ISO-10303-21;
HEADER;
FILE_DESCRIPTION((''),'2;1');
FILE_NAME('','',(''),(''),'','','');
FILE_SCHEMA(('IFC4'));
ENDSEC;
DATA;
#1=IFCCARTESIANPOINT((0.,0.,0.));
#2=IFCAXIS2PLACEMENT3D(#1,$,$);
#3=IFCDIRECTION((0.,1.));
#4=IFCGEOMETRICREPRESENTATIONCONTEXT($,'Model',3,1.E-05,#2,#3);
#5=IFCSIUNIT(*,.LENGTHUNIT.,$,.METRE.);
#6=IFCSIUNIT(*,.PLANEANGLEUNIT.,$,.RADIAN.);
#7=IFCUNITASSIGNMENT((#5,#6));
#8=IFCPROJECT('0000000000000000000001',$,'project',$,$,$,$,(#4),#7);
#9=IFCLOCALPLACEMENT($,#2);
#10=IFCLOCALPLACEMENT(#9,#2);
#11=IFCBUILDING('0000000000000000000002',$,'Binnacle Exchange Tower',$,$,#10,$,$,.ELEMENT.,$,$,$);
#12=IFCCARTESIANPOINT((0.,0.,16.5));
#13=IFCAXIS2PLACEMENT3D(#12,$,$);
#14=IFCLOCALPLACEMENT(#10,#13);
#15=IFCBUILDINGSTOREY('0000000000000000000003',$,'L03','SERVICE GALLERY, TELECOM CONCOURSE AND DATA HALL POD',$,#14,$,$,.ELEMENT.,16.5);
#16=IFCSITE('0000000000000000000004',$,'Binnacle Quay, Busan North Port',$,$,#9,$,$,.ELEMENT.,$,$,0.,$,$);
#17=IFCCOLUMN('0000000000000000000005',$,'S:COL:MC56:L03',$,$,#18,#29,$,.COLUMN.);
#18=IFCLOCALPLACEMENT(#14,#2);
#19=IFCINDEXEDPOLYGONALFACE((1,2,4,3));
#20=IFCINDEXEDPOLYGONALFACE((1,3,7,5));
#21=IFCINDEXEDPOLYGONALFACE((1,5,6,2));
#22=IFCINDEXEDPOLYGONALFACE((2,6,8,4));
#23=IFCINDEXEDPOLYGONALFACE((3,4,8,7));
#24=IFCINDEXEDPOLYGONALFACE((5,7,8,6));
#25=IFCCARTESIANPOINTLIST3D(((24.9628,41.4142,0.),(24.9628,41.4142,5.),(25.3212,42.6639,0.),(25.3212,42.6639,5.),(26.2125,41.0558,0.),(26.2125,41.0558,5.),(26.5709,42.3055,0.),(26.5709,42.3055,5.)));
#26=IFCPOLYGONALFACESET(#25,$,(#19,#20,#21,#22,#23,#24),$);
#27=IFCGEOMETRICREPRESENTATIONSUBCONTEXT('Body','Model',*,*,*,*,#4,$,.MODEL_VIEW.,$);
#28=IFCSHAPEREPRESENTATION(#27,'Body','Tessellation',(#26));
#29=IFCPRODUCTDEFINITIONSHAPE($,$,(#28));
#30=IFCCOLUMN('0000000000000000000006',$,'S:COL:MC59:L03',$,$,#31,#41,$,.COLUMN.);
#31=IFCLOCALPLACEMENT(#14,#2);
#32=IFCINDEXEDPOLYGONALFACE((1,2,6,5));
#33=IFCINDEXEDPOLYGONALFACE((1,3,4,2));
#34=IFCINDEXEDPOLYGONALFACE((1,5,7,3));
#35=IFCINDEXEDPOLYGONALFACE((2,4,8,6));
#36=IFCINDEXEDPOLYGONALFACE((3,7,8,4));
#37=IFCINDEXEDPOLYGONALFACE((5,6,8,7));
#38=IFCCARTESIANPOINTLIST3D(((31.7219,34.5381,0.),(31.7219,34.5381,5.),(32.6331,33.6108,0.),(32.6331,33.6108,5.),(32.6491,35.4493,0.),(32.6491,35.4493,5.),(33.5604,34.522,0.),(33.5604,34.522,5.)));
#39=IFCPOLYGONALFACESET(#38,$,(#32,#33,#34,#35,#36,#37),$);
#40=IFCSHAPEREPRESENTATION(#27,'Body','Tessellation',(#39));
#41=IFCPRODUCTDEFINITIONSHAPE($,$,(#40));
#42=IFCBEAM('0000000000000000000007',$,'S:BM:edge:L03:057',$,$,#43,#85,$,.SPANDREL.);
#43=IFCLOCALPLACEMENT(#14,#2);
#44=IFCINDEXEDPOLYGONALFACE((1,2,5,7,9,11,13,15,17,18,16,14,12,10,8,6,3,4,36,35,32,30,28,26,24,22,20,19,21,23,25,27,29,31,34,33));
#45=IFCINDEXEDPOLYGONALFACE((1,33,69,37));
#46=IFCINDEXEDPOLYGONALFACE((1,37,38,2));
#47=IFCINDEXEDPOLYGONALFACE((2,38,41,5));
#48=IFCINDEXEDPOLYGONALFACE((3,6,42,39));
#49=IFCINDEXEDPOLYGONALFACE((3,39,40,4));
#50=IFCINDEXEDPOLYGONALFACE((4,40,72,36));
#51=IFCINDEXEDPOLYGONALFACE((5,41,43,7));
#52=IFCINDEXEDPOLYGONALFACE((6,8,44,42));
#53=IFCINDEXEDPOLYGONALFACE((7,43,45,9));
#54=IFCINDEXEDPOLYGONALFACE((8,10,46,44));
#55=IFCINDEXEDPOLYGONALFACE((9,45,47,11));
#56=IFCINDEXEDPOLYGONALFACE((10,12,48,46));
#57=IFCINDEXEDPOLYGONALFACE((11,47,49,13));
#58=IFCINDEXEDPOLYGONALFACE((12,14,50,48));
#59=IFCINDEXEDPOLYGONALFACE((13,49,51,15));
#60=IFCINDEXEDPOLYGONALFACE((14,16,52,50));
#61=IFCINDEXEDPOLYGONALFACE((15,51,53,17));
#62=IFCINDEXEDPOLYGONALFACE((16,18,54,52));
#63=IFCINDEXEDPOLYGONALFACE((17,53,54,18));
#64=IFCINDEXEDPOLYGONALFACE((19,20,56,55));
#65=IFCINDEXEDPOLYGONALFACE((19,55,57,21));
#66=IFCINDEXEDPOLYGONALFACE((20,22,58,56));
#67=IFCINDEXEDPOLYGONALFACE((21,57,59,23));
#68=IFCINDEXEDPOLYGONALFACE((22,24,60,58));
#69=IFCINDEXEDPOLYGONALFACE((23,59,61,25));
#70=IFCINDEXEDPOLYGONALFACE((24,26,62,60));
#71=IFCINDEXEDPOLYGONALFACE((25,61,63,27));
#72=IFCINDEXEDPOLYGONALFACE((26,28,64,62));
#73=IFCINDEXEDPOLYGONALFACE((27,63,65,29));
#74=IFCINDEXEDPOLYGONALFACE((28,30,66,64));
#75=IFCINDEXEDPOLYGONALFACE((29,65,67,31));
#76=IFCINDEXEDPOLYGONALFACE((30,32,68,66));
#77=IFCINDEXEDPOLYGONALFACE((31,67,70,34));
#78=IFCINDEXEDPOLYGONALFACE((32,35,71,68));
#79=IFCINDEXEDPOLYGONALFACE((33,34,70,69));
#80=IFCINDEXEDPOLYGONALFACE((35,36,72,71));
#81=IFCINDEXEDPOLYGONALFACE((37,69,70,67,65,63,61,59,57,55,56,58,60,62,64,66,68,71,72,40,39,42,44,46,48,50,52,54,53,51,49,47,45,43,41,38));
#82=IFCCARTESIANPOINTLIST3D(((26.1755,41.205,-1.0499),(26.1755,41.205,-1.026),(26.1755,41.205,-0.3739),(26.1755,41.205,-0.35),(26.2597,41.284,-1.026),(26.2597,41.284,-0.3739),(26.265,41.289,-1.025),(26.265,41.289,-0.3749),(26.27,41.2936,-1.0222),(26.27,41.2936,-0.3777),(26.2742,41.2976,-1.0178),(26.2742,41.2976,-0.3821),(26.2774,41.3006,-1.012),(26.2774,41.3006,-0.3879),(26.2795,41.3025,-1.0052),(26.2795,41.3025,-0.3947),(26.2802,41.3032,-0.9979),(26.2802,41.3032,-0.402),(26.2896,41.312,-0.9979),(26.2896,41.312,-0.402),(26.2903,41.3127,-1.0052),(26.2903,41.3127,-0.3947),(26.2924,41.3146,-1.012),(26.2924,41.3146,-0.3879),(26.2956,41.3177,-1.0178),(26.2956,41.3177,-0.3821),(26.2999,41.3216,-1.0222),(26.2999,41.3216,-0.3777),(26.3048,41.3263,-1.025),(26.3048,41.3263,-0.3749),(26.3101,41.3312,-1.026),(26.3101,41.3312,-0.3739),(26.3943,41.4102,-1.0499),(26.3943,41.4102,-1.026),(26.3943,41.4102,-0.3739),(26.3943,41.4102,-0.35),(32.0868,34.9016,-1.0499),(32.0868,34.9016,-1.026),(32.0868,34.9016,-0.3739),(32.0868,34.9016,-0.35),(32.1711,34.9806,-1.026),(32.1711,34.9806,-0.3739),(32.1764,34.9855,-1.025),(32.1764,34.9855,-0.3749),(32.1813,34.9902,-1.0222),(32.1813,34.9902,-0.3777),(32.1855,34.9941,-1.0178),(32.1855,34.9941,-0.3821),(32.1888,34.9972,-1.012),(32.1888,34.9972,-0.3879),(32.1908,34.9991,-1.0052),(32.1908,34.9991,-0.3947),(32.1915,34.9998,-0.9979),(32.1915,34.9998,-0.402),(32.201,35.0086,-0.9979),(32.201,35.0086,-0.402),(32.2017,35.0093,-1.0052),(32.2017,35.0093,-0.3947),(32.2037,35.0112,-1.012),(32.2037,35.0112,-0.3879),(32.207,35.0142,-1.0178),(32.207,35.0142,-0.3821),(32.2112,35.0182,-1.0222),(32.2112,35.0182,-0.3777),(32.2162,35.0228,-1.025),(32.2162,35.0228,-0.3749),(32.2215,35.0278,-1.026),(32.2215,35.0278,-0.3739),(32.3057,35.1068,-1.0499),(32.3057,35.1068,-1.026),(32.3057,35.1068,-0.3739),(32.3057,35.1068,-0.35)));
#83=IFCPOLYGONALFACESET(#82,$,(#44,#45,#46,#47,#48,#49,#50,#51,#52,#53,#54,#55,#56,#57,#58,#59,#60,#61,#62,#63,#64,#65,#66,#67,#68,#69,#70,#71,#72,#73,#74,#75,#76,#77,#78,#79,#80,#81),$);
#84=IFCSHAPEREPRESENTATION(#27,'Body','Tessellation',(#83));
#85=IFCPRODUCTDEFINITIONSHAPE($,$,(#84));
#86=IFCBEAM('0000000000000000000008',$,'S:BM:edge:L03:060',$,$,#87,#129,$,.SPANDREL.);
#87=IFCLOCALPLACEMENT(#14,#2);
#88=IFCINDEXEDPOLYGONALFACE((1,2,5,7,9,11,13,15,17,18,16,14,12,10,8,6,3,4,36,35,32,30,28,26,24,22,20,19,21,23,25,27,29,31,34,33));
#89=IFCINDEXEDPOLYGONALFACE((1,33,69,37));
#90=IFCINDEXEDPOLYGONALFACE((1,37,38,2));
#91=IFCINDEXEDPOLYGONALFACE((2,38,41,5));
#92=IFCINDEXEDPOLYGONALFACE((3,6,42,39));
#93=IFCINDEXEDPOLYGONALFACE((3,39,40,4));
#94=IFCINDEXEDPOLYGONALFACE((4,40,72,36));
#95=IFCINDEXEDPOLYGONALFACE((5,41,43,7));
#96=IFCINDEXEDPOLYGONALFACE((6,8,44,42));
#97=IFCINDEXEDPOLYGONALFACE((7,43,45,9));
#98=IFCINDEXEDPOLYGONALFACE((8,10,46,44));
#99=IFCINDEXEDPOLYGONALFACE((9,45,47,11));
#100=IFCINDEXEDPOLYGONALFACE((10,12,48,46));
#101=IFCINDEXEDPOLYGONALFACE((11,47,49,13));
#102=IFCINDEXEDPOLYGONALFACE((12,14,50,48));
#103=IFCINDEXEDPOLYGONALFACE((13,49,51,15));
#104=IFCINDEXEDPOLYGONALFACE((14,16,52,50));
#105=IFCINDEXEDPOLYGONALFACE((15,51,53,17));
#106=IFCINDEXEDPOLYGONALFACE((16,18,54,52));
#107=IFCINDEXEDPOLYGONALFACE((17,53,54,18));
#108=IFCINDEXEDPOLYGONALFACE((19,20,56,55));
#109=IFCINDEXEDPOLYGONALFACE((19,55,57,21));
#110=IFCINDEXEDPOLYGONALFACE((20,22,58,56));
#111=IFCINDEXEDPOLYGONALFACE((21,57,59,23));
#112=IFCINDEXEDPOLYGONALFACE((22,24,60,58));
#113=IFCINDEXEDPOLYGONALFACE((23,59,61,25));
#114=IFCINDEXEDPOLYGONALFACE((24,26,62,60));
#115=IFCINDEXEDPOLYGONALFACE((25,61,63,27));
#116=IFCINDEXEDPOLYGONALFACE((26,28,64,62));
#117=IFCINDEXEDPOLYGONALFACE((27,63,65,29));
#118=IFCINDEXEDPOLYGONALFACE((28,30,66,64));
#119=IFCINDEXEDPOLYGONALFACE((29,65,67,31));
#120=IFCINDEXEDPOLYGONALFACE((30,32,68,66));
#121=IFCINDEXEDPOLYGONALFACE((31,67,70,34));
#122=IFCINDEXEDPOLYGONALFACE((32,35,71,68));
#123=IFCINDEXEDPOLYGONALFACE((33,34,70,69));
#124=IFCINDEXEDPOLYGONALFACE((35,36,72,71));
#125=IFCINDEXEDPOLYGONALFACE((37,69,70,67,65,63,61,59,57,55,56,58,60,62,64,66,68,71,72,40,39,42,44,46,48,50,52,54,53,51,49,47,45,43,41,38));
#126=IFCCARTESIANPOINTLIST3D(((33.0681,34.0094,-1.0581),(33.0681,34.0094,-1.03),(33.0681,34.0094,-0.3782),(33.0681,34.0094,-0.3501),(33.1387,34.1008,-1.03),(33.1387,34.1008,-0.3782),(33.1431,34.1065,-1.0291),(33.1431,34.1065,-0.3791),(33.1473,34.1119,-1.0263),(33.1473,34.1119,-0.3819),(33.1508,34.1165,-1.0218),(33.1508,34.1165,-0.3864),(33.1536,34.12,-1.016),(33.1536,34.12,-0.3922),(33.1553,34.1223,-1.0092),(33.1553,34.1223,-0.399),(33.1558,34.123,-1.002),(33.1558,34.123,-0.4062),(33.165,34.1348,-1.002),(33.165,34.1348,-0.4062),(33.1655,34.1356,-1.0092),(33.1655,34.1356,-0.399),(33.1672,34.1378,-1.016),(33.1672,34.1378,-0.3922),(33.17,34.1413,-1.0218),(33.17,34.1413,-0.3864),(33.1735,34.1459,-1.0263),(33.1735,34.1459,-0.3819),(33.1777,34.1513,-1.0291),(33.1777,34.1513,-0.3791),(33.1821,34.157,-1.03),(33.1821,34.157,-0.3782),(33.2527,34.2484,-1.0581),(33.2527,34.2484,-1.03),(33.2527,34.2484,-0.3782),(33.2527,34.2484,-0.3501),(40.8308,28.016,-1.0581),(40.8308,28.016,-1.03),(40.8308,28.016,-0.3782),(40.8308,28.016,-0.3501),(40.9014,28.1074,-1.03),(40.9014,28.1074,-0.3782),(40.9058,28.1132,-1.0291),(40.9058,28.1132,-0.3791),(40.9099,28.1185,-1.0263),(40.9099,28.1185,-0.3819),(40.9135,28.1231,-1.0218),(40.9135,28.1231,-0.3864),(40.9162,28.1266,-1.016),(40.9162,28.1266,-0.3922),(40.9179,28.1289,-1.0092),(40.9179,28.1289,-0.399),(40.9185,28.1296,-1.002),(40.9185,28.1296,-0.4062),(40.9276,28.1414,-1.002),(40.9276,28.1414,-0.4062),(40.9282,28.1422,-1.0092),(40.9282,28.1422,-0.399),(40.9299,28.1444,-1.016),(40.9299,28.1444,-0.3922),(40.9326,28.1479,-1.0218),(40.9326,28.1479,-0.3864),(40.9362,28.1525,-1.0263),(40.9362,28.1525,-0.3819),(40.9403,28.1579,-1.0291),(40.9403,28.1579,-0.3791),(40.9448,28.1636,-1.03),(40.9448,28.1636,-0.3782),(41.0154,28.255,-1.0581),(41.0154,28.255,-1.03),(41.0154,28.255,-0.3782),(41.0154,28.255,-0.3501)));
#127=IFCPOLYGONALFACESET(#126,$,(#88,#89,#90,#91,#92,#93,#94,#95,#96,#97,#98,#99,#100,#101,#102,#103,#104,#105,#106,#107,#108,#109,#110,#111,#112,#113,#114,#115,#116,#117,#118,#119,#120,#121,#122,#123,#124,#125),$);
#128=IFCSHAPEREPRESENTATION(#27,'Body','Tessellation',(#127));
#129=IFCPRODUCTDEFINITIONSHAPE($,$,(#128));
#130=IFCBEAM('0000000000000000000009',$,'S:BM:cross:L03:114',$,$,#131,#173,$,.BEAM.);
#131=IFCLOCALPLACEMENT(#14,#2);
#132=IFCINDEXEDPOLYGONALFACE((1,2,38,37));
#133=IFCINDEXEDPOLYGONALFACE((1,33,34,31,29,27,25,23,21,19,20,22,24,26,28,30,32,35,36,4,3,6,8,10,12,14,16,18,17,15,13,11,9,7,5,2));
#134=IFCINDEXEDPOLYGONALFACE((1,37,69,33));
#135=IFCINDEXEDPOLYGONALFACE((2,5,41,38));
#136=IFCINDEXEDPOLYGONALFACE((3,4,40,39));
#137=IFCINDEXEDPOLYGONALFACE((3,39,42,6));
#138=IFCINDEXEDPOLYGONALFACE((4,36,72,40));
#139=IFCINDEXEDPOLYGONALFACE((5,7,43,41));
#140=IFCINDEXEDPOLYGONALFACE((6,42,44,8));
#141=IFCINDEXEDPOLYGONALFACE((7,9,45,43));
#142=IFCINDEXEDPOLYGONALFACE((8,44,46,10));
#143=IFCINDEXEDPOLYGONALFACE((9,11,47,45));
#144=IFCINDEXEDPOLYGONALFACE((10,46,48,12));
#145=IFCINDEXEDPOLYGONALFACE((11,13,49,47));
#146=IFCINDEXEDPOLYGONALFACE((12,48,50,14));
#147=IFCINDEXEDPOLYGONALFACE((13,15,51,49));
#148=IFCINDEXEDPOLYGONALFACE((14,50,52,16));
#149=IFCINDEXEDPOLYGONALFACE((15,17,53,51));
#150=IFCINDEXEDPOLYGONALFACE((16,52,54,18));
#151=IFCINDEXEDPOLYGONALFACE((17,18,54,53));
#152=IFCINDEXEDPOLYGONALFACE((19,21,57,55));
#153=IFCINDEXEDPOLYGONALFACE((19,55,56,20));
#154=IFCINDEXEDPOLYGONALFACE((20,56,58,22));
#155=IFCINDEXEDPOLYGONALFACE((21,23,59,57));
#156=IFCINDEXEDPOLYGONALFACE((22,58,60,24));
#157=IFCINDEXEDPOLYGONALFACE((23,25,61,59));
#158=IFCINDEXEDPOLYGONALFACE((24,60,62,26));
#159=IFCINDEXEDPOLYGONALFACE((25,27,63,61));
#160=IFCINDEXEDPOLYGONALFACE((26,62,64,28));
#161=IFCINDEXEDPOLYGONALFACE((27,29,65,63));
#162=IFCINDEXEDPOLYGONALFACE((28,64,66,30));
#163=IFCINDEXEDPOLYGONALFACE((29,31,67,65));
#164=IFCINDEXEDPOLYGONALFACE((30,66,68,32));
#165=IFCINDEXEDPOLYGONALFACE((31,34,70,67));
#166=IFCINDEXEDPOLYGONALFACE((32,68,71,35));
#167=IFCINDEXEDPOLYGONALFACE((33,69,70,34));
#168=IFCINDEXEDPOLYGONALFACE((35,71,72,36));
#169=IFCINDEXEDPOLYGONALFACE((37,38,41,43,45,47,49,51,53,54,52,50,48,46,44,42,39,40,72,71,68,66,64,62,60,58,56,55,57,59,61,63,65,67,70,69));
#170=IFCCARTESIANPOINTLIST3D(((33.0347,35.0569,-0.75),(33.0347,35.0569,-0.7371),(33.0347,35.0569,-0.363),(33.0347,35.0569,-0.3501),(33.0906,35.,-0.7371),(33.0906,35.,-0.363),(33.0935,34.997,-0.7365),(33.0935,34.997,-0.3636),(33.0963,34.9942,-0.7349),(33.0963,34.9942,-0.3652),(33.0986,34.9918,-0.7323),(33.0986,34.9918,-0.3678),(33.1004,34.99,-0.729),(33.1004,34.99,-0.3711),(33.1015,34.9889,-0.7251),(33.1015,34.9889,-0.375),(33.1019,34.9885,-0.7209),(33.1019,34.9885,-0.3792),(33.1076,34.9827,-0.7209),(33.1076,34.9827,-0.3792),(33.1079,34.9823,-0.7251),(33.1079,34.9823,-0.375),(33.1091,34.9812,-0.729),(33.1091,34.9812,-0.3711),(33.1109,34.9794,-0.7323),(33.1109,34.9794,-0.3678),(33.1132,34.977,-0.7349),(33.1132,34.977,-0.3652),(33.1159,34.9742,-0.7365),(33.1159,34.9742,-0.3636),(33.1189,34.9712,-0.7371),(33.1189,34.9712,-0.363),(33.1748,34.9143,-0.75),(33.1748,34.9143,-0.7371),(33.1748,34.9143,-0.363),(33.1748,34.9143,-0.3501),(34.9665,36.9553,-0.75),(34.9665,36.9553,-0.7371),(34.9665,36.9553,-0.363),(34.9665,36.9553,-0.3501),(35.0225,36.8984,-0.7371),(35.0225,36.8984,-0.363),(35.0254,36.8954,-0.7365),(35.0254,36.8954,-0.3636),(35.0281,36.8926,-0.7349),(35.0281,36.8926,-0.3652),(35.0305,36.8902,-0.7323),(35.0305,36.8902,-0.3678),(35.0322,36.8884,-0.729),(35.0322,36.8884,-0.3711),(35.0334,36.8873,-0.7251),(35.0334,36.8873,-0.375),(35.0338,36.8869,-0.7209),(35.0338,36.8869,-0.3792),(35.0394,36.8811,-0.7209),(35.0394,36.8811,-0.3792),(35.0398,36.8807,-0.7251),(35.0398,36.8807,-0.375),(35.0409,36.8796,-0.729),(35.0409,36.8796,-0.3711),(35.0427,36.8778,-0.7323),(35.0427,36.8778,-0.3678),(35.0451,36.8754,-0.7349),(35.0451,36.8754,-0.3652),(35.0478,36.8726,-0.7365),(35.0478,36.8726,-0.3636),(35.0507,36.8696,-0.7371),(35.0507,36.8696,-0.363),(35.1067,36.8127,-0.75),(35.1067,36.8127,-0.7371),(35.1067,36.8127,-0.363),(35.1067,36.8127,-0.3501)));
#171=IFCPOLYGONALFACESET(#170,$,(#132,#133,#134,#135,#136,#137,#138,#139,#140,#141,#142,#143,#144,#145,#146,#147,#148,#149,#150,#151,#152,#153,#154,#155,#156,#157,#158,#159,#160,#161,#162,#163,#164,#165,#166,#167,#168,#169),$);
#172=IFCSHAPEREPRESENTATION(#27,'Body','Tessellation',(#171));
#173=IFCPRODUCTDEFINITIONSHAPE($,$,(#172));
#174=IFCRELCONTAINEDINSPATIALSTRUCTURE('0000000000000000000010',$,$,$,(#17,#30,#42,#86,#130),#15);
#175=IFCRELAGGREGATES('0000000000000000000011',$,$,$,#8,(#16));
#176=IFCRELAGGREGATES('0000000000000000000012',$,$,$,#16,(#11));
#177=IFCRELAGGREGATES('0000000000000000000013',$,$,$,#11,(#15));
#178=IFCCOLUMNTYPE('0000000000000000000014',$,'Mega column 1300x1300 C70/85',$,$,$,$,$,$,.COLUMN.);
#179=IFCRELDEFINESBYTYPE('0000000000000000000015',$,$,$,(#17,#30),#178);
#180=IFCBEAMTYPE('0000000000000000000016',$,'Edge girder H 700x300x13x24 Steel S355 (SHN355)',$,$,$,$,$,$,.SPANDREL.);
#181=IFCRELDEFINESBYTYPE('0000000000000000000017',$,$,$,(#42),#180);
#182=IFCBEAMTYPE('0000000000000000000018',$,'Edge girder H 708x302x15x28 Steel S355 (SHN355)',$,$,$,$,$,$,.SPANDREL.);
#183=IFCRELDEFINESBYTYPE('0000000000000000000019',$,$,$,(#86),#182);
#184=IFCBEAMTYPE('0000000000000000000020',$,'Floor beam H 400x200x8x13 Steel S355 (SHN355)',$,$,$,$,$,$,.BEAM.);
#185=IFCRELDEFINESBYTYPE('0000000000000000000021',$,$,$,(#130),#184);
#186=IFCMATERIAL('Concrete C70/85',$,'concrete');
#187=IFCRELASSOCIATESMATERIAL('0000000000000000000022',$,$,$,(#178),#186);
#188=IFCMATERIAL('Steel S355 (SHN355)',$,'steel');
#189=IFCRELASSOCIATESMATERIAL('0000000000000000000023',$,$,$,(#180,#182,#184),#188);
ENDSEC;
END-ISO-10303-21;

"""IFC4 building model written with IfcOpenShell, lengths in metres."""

from ifc_helpers import new_model, si_unit, direction, frame, origin, origin_2d, place, context, subcontext, project, spatial, rectangle, i_section, extrude, material, material_profile, profile_set, type_object, element, save


model = new_model("IFC4")

# Units and contexts
model_context = context("Model", 3, precision=1e-05, world=origin(), true_north=direction((0.0, 1.0)))
body_context = subcontext(model_context, "Body", "Model", "MODEL_VIEW")
ifc_project = project(units=[si_unit("LENGTHUNIT", "METRE"), si_unit("PLANEANGLEUNIT", "RADIAN")], contexts=[model_context])

# Site, building, storey
site_placement = place(None, origin())
site = spatial("IfcSite", under=ifc_project, at=site_placement, Name="Binnacle Quay, Busan North Port", CompositionType="ELEMENT", RefElevation=0.0)
building_placement = place(site_placement, origin())
building = spatial("IfcBuilding", under=site, at=building_placement, Name="Binnacle Exchange Tower", CompositionType="ELEMENT")
storey_placement = place(building_placement, frame((0.0, 0.0, 16.5)))
storey = spatial("IfcBuildingStorey", under=building, at=storey_placement, Name="L03", Description="SERVICE GALLERY, TELECOM CONCOURSE AND DATA HALL POD", CompositionType="ELEMENT", Elevation=16.5)

# Columns
ifc_material_1 = material(Name="Concrete C70/85", Category="concrete")
ifc_material_profile_1 = material_profile(ifc_material_1, rectangle(XDim=1.3, YDim=1.3, at=origin_2d()), Name="Mega column 1300x1300 C70/85")
ifc_profile_set_1 = profile_set([ifc_material_profile_1], Name="Concrete C70/85")
column_type = type_object("IfcColumnType", Name="Mega column 1300x1300 C70/85", PredefinedType="COLUMN", material=ifc_profile_set_1)
for number, where, z_axis, x_axis, name in (
    (1, (25.7668, 41.8599, 0.0), (0.0, 0.0, 1.0), (0.961262, -0.275637, 0.0), "S:COL:MC56:L03"),
    (2, (32.6411, 34.53, 0.0), (0.0, 0.0, 1.0), (0.700909, -0.71325, 0.0), "S:COL:MC59:L03"),
):
    element("IfcColumn", number, at=place(storey_placement, frame(where, z_axis=z_axis, x_axis=x_axis)), inside=storey, type_object=column_type, Name=name, PredefinedType="COLUMN", context=body_context, shape_type="SweptSolid", body=[
        extrude(rectangle(XDim=1.3, YDim=1.3, at=origin_2d()), origin(), (0.0, 0.0, 1.0), 5.0),
    ])

# Beams
ifc_material_2 = material(Name="Steel S355 (SHN355)", Category="steel")
ifc_material_profile_2 = material_profile(ifc_material_2, i_section(OverallWidth=0.3, OverallDepth=0.7, WebThickness=0.0129, FlangeThickness=0.0239, FilletRadius=0.0281, at=origin_2d()), Name="H 700x300x13x24")
ifc_profile_set_2 = profile_set([ifc_material_profile_2], Name="Steel S355 (SHN355)")
beam_type_1 = type_object("IfcBeamType", Name="Edge girder H 700x300x13x24 Steel S355 (SHN355)", PredefinedType="SPANDREL", material=ifc_profile_set_2)
beam_1_placement = place(storey_placement, frame((26.2849, 41.3076, -0.7), z_axis=(0.684057, -0.729429, 0.0), x_axis=(0.729429, 0.684057, 0.0)))
element("IfcBeam", 3, at=beam_1_placement, inside=storey, type_object=beam_type_1, Name="S:BM:edge:L03:057", PredefinedType="SPANDREL", context=body_context, shape_type="SweptSolid", body=[
    extrude(i_section(OverallWidth=0.3, OverallDepth=0.7, WebThickness=0.0129, FlangeThickness=0.0239, FilletRadius=0.0281, at=origin_2d()), origin(), (0.0, 0.0, 1.0), 8.6416),
])
ifc_material_profile_3 = material_profile(ifc_material_2, i_section(OverallWidth=0.302, OverallDepth=0.708, WebThickness=0.0149, FlangeThickness=0.0281, FilletRadius=0.0281, at=origin_2d()), Name="H 708x302x15x28")
ifc_profile_set_3 = profile_set([ifc_material_profile_3], Name="Steel S355 (SHN355)")
beam_type_2 = type_object("IfcBeamType", Name="Edge girder H 708x302x15x28 Steel S355 (SHN355)", PredefinedType="SPANDREL", material=ifc_profile_set_3)
beam_2_placement = place(storey_placement, frame((33.1604, 34.1289, -0.7041), z_axis=(0.791533, -0.611126, 0.0), x_axis=(0.611126, 0.791533, 0.0)))
element("IfcBeam", 4, at=beam_2_placement, inside=storey, type_object=beam_type_2, Name="S:BM:edge:L03:060", PredefinedType="SPANDREL", context=body_context, shape_type="SweptSolid", body=[
    extrude(i_section(OverallWidth=0.302, OverallDepth=0.708, WebThickness=0.0149, FlangeThickness=0.0281, FilletRadius=0.0281, at=origin_2d()), origin(), (0.0, 0.0, 1.0), 9.8071),
])
ifc_material_profile_4 = material_profile(ifc_material_2, i_section(OverallWidth=0.2, OverallDepth=0.3999, WebThickness=0.0081, FlangeThickness=0.0129, FilletRadius=0.0161, at=origin_2d()), Name="H 400x200x8x13")
ifc_profile_set_4 = profile_set([ifc_material_profile_4], Name="Steel S355 (SHN355)")
beam_type_3 = type_object("IfcBeamType", Name="Floor beam H 400x200x8x13 Steel S355 (SHN355)", PredefinedType="BEAM", material=ifc_profile_set_4)
beam_3_placement = place(storey_placement, frame((33.1047, 34.9856, -0.55), z_axis=(0.713254, 0.700905, 0.0), x_axis=(-0.700905, 0.713254, 0.0)))
element("IfcBeam", 5, at=beam_3_placement, inside=storey, type_object=beam_type_3, Name="S:BM:cross:L03:114", PredefinedType="BEAM", context=body_context, shape_type="SweptSolid", body=[
    extrude(i_section(OverallWidth=0.2, OverallDepth=0.3999, WebThickness=0.0081, FlangeThickness=0.0129, FilletRadius=0.0161, at=origin_2d()), origin(), (0.0, 0.0, 1.0), 2.7085),
])

save(model, "model.ifc")
